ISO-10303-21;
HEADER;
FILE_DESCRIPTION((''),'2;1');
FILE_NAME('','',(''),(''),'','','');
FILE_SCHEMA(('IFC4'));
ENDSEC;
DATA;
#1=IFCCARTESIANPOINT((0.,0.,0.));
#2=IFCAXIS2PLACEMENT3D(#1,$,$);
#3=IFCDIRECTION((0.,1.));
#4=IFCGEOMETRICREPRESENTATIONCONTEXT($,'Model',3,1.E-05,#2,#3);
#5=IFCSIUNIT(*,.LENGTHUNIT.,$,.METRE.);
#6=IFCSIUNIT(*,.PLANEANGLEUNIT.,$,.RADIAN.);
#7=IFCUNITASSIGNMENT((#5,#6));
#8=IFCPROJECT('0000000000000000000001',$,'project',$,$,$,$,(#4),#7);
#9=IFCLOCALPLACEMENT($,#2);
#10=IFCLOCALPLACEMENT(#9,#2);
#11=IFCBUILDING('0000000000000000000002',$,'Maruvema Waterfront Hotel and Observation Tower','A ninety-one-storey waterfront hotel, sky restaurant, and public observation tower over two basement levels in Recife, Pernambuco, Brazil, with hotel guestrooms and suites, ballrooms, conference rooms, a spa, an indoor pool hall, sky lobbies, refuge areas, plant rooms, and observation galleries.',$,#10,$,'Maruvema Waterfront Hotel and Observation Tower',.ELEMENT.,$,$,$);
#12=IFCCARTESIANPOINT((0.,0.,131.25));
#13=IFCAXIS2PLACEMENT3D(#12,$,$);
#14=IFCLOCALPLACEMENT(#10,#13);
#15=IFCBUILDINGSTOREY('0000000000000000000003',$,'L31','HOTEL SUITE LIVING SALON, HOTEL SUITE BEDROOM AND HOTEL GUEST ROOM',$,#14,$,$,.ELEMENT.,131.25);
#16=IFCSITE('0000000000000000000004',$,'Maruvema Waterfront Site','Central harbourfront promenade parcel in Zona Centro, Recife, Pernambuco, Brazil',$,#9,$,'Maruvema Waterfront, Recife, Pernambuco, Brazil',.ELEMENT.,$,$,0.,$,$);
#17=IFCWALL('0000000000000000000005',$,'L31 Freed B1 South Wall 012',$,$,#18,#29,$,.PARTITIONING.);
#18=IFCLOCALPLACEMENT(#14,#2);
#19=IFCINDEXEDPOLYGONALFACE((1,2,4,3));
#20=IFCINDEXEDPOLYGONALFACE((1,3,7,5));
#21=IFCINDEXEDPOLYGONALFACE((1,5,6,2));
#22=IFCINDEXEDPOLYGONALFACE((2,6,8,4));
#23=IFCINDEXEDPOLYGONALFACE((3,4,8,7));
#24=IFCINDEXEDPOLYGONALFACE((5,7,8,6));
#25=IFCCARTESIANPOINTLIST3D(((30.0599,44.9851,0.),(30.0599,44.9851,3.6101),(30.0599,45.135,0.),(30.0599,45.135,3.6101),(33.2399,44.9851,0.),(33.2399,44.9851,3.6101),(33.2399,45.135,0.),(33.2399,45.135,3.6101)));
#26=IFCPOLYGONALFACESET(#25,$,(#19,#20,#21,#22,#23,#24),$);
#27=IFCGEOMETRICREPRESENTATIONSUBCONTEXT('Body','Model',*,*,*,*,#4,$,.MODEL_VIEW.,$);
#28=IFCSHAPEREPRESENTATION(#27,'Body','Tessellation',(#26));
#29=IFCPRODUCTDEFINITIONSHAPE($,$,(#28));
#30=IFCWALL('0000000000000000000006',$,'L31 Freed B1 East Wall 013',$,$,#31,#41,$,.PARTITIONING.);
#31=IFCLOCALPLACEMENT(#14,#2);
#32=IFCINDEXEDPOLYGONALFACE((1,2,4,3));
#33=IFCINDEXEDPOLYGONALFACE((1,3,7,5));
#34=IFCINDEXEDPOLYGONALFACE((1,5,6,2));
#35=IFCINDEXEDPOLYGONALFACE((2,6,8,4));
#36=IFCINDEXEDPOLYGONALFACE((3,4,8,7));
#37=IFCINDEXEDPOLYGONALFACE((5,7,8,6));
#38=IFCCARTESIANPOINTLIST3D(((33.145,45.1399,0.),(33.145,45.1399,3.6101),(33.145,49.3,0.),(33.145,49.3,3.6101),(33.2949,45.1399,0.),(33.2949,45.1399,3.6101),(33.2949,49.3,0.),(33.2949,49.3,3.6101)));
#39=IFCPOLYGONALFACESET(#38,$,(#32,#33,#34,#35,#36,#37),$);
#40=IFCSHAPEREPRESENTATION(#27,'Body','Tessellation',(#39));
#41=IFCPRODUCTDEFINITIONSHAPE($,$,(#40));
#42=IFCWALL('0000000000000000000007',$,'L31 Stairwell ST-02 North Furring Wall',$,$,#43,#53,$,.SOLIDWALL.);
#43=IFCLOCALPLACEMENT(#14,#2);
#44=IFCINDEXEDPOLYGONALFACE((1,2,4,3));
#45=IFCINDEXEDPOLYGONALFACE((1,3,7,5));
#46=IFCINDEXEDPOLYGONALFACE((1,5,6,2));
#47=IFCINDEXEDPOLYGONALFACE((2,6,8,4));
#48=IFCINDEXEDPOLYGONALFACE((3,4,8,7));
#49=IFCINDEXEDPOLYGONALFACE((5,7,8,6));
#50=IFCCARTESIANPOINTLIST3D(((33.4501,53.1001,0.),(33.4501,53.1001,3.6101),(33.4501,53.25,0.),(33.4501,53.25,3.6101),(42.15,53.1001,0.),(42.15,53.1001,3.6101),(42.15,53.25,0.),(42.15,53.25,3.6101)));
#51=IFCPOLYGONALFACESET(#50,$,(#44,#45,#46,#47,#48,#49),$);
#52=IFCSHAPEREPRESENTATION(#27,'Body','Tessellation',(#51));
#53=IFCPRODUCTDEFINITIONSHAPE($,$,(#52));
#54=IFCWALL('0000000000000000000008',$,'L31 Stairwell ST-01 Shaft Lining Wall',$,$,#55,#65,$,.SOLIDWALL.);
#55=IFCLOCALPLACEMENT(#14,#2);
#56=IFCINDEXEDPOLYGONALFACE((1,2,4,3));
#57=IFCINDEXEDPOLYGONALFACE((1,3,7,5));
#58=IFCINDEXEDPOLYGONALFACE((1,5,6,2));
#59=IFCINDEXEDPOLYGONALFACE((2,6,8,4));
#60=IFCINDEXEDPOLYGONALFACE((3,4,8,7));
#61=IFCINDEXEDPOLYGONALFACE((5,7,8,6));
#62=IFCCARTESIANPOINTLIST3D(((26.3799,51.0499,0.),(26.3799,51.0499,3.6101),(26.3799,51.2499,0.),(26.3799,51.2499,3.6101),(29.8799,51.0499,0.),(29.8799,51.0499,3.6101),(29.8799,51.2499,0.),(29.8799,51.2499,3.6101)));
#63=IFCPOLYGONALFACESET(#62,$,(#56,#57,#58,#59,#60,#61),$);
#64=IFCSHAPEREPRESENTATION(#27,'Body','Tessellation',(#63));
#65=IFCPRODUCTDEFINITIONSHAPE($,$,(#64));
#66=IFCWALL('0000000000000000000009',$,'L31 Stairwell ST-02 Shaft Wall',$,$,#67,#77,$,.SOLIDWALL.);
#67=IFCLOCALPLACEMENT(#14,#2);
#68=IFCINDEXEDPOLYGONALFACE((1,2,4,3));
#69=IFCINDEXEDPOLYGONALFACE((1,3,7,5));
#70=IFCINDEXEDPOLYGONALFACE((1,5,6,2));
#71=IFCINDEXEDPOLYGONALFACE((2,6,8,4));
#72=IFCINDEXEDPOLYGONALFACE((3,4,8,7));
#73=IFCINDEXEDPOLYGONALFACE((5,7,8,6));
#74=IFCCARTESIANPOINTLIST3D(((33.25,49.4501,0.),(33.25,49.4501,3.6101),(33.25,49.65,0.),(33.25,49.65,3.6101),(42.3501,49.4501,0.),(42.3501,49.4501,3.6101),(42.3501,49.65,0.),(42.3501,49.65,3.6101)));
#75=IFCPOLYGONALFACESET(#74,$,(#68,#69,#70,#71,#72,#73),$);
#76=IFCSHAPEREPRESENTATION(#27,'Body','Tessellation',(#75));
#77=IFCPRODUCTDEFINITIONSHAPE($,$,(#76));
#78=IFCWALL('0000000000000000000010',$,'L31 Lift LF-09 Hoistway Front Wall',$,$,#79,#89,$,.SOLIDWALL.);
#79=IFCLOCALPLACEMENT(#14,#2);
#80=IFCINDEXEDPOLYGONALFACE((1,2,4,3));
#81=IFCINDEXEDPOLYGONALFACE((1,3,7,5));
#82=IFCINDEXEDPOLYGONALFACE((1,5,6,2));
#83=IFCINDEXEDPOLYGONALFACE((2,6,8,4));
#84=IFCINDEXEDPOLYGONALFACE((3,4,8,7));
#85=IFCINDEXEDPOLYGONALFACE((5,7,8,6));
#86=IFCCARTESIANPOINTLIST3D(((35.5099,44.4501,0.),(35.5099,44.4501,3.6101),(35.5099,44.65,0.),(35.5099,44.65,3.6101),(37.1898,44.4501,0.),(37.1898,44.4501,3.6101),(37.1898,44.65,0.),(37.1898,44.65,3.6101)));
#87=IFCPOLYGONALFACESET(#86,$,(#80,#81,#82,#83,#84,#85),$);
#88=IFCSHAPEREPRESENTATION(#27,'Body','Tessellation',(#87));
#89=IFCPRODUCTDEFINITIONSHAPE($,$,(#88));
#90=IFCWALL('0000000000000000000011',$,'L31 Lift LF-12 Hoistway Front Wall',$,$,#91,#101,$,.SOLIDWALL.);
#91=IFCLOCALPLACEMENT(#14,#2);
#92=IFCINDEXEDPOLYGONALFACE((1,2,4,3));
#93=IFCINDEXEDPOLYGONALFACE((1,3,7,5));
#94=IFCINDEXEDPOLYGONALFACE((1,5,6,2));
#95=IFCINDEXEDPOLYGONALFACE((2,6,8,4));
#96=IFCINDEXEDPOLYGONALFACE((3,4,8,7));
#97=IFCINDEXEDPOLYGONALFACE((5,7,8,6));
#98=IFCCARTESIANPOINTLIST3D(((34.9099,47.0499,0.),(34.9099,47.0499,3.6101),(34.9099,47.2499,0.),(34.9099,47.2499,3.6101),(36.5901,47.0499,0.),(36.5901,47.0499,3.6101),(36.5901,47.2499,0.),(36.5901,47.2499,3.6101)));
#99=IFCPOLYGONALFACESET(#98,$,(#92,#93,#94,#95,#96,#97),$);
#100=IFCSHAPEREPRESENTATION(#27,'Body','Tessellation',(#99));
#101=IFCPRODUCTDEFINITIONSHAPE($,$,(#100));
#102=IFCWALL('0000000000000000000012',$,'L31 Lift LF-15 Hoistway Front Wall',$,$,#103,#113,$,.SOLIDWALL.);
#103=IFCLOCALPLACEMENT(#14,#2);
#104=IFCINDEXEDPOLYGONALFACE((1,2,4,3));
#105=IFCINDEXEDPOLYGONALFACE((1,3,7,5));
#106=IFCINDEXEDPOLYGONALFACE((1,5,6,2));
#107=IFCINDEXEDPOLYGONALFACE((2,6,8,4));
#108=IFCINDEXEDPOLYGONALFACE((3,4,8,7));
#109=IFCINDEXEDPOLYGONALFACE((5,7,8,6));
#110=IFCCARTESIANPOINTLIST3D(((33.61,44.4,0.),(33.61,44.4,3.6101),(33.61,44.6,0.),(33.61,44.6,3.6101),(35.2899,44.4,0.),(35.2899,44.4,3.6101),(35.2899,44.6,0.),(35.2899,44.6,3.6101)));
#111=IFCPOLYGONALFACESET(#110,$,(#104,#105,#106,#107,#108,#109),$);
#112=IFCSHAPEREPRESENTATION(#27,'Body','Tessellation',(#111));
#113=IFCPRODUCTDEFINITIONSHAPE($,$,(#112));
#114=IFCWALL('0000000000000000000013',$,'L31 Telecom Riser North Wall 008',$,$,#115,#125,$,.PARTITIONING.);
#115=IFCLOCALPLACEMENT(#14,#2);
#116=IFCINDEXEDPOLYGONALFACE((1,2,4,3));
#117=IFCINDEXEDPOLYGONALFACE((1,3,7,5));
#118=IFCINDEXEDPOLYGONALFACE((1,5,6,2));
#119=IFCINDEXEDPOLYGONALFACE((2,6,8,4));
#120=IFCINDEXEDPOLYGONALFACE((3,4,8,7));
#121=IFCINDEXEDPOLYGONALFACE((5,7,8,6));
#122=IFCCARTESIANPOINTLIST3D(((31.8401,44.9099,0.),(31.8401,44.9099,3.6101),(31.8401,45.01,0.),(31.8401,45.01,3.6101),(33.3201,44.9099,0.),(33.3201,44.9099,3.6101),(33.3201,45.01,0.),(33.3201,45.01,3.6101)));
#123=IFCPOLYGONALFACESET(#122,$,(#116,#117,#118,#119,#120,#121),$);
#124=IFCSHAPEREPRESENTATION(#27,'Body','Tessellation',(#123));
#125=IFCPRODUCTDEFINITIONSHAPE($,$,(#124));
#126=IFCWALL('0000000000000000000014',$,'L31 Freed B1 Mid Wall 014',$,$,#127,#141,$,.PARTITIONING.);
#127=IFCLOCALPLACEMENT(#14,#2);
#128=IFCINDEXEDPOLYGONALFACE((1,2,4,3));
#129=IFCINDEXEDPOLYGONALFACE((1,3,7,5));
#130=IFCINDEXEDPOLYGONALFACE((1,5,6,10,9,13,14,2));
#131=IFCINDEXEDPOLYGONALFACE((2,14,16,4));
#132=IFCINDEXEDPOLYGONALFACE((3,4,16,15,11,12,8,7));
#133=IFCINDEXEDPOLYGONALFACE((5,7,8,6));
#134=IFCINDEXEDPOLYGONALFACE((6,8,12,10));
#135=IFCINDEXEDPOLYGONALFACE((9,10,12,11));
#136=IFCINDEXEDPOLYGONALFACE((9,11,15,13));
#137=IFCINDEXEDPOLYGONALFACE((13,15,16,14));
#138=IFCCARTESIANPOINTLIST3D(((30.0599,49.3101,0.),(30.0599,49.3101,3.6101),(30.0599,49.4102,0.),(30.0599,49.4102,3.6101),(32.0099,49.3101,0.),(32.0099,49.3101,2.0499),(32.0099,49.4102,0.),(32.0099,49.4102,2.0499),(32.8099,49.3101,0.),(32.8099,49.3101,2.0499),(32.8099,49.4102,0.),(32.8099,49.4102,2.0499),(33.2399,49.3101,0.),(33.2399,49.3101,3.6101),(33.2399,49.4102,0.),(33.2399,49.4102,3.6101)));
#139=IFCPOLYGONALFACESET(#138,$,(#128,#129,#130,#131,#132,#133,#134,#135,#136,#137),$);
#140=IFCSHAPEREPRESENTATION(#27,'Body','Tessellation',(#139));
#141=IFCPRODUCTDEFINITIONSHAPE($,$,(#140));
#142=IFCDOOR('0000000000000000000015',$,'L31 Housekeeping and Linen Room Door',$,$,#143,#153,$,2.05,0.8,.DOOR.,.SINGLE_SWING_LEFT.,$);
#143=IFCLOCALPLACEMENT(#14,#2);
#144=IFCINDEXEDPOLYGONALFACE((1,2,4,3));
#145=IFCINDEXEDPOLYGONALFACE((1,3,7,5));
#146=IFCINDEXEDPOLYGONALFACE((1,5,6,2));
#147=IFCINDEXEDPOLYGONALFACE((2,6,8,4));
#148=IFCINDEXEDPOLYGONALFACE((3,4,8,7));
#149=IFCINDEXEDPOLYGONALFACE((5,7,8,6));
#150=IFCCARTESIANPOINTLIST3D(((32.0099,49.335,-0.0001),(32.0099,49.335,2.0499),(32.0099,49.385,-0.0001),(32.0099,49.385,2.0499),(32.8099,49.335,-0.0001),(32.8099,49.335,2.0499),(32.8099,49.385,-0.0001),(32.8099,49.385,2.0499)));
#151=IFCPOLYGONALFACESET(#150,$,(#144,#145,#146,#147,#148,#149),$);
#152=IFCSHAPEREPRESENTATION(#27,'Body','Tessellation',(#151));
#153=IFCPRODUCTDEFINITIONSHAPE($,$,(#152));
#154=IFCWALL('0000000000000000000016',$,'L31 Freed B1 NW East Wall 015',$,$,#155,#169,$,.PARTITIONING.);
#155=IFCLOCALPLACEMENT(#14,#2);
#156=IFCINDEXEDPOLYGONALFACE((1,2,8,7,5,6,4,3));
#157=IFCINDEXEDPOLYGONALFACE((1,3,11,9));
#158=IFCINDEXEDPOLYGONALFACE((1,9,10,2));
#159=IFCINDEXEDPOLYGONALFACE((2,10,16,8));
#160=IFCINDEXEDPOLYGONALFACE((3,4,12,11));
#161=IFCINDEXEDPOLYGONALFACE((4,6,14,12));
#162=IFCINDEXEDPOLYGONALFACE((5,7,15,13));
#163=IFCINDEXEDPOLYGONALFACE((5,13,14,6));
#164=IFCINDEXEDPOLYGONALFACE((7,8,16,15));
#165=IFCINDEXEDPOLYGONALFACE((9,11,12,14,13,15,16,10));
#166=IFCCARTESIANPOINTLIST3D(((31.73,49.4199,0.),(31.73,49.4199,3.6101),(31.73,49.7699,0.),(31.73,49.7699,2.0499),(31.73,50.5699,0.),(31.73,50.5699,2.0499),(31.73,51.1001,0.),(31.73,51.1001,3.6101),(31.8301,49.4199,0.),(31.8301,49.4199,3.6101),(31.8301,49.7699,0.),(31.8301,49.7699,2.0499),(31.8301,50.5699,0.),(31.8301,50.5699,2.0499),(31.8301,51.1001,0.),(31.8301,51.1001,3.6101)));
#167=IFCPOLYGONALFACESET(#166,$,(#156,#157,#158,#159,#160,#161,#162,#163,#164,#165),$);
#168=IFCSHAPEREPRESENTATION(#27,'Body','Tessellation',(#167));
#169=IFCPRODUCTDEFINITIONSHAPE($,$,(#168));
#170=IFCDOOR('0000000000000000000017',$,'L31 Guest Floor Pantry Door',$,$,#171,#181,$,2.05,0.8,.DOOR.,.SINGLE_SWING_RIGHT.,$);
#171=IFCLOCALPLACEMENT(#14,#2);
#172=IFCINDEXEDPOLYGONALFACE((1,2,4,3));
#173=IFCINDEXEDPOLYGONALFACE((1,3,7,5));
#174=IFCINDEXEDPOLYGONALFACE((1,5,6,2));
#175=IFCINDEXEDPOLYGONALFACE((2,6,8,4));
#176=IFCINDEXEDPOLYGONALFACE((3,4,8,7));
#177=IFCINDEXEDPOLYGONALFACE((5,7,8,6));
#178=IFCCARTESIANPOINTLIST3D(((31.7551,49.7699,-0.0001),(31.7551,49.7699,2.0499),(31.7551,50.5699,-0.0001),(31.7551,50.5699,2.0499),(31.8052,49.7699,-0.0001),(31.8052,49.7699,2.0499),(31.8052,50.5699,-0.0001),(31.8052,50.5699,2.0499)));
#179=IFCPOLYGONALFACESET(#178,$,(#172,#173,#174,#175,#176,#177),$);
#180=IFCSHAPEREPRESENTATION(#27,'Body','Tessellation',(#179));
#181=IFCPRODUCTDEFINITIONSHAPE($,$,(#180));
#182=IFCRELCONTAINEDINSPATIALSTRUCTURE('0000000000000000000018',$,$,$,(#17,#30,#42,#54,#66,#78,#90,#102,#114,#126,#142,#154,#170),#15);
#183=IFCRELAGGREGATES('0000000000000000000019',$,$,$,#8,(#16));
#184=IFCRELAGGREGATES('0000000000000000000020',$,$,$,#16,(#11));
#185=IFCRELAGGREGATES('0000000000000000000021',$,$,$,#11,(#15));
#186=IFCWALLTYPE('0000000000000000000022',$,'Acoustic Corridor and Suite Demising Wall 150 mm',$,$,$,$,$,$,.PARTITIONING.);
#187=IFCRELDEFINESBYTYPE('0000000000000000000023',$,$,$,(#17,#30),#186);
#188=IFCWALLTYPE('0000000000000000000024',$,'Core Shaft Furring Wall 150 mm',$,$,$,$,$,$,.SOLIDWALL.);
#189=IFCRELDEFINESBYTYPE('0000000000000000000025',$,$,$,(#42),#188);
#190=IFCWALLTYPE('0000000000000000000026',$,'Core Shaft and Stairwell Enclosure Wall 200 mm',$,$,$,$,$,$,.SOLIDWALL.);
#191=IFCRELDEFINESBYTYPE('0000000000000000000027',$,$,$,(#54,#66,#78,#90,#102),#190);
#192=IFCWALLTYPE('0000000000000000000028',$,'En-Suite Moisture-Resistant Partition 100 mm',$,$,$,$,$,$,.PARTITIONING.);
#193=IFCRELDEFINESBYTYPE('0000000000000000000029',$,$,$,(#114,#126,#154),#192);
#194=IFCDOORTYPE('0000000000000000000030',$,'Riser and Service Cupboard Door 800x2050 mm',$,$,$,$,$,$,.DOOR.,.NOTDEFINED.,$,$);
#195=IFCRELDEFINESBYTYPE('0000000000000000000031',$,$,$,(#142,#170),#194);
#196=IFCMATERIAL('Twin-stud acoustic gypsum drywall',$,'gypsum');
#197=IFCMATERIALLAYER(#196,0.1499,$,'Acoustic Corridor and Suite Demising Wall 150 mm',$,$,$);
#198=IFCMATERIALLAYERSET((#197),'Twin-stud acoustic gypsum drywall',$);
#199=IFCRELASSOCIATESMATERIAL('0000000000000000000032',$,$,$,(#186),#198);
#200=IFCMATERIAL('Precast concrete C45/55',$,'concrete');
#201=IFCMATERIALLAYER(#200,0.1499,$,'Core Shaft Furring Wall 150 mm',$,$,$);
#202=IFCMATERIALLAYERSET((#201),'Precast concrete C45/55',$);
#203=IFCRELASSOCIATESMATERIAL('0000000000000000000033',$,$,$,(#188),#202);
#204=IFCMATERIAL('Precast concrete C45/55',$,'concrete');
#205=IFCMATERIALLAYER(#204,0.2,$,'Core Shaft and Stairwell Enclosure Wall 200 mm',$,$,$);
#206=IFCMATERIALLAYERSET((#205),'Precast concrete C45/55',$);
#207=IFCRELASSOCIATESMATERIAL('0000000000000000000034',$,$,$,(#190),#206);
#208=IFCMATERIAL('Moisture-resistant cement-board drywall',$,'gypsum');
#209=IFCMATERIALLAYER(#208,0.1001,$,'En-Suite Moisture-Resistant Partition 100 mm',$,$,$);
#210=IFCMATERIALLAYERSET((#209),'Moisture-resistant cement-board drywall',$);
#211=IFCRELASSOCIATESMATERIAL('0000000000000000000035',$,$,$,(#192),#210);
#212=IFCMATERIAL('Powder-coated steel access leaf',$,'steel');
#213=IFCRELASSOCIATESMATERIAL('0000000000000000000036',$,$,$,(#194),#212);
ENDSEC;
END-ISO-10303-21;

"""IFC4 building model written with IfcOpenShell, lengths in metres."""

from ifc_helpers import new_model, si_unit, direction, frame, frame_2d, origin, place, context, subcontext, project, spatial, rectangle, extrude, material, layer, layer_set, type_object, element, fill, save


model = new_model("IFC4")

# Units and contexts
model_context = context("Model", 3, precision=1e-05, world=origin(), true_north=direction((0.0, 1.0)))
body_context = subcontext(model_context, "Body", "Model", "MODEL_VIEW")
ifc_project = project(units=[si_unit("LENGTHUNIT", "METRE"), si_unit("PLANEANGLEUNIT", "RADIAN")], contexts=[model_context])

# Site, building, storey
site_placement = place(None, origin())
site = spatial("IfcSite", under=ifc_project, at=site_placement, Name="Maruvema Waterfront Site", Description="Central harbourfront promenade parcel in Zona Centro, Recife, Pernambuco, Brazil", LongName="Maruvema Waterfront, Recife, Pernambuco, Brazil", CompositionType="ELEMENT", RefElevation=0.0)
building_placement = place(site_placement, origin())
building = spatial("IfcBuilding", under=site, at=building_placement, Name="Maruvema Waterfront Hotel and Observation Tower", Description="A ninety-one-storey waterfront hotel, sky restaurant, and public observation tower over two basement levels in Recife, Pernambuco, Brazil, with hotel guestrooms and suites, ballrooms, conference rooms, a spa, an indoor pool hall, sky lobbies, refuge areas, plant rooms, and observation galleries.", LongName="Maruvema Waterfront Hotel and Observation Tower", CompositionType="ELEMENT")
storey_placement = place(building_placement, frame((0.0, 0.0, 131.25)))
storey = spatial("IfcBuildingStorey", under=building, at=storey_placement, Name="L31", Description="HOTEL SUITE LIVING SALON, HOTEL SUITE BEDROOM AND HOTEL GUEST ROOM", CompositionType="ELEMENT", Elevation=131.25)

# Walls
ifc_material_1 = material(Name="Twin-stud acoustic gypsum drywall", Category="gypsum")
ifc_layer_1 = layer(ifc_material_1, 0.1499, Name="Acoustic Corridor and Suite Demising Wall 150 mm")
ifc_layer_set_1 = layer_set([ifc_layer_1], Name="Twin-stud acoustic gypsum drywall")
wall_type_1 = type_object("IfcWallType", Name="Acoustic Corridor and Suite Demising Wall 150 mm", PredefinedType="PARTITIONING", material=ifc_layer_set_1)
wall_1_placement = place(storey_placement, frame((30.0601, 45.0601, 0.0), z_axis=(0.0, 0.0, 1.0), x_axis=(1.0, 0.0, 0.0)))
element("IfcWall", 1, at=wall_1_placement, inside=storey, type_object=wall_type_1, Name="L31 Freed B1 South Wall 012", PredefinedType="PARTITIONING", context=body_context, shape_type="SweptSolid", body=[
    extrude(rectangle(XDim=3.1799, YDim=0.1499, at=frame_2d((1.5898, 0.0))), origin(), (0.0, 0.0, 1.0), 3.6101),
])
wall_2_placement = place(storey_placement, frame((33.22, 45.1399, 0.0), z_axis=(0.0, 0.0, 1.0), x_axis=(0.0, 1.0, 0.0)))
element("IfcWall", 2, at=wall_2_placement, inside=storey, type_object=wall_type_1, Name="L31 Freed B1 East Wall 013", PredefinedType="PARTITIONING", context=body_context, shape_type="SweptSolid", body=[
    extrude(rectangle(XDim=4.1602, YDim=0.1499, at=frame_2d((2.0801, 0.0))), origin(), (0.0, 0.0, 1.0), 3.6101),
])
ifc_material_2 = material(Name="Precast concrete C45/55", Category="concrete")
ifc_layer_2 = layer(ifc_material_2, 0.1499, Name="Core Shaft Furring Wall 150 mm")
ifc_layer_set_2 = layer_set([ifc_layer_2], Name="Precast concrete C45/55")
wall_type_2 = type_object("IfcWallType", Name="Core Shaft Furring Wall 150 mm", PredefinedType="SOLIDWALL", material=ifc_layer_set_2)
wall_3_placement = place(storey_placement, frame((33.45, 53.175, 0.0), z_axis=(0.0, 0.0, 1.0), x_axis=(1.0, 0.0, 0.0)))
element("IfcWall", 3, at=wall_3_placement, inside=storey, type_object=wall_type_2, Name="L31 Stairwell ST-02 North Furring Wall", PredefinedType="SOLIDWALL", context=body_context, shape_type="SweptSolid", body=[
    extrude(rectangle(XDim=8.7, YDim=0.1499, at=frame_2d((4.3501, 0.0))), origin(), (0.0, 0.0, 1.0), 3.6101),
])
ifc_material_3 = material(Name="Precast concrete C45/55", Category="concrete")
ifc_layer_3 = layer(ifc_material_3, 0.2, Name="Core Shaft and Stairwell Enclosure Wall 200 mm")
ifc_layer_set_3 = layer_set([ifc_layer_3], Name="Precast concrete C45/55")
wall_type_3 = type_object("IfcWallType", Name="Core Shaft and Stairwell Enclosure Wall 200 mm", PredefinedType="SOLIDWALL", material=ifc_layer_set_3)
wall_4_placement = place(storey_placement, frame((26.3799, 51.1499, 0.0), z_axis=(0.0, 0.0, 1.0), x_axis=(1.0, 0.0, 0.0)))
element("IfcWall", 4, at=wall_4_placement, inside=storey, type_object=wall_type_3, Name="L31 Stairwell ST-01 Shaft Lining Wall", PredefinedType="SOLIDWALL", context=body_context, shape_type="SweptSolid", body=[
    extrude(rectangle(XDim=3.5, YDim=0.2, at=frame_2d((1.75, 0.0))), origin(), (0.0, 0.0, 1.0), 3.6101),
])
wall_5_placement = place(storey_placement, frame((33.25, 49.55, 0.0), z_axis=(0.0, 0.0, 1.0), x_axis=(1.0, 0.0, 0.0)))
element("IfcWall", 5, at=wall_5_placement, inside=storey, type_object=wall_type_3, Name="L31 Stairwell ST-02 Shaft Wall", PredefinedType="SOLIDWALL", context=body_context, shape_type="SweptSolid", body=[
    extrude(rectangle(XDim=9.1001, YDim=0.2, at=frame_2d((4.55, 0.0))), origin(), (0.0, 0.0, 1.0), 3.6101),
])

# Walls
wall_6_placement = place(storey_placement, frame((35.51, 44.55, 0.0), z_axis=(0.0, 0.0, 1.0), x_axis=(1.0, 0.0, 0.0)))
element("IfcWall", 6, at=wall_6_placement, inside=storey, type_object=wall_type_3, Name="L31 Lift LF-09 Hoistway Front Wall", PredefinedType="SOLIDWALL", context=body_context, shape_type="SweptSolid", body=[
    extrude(rectangle(XDim=1.6799, YDim=0.2, at=frame_2d((0.8398, 0.0))), origin(), (0.0, 0.0, 1.0), 3.6101),
])
wall_7_placement = place(storey_placement, frame((34.9099, 47.1499, 0.0), z_axis=(0.0, 0.0, 1.0), x_axis=(1.0, 0.0, 0.0)))
element("IfcWall", 7, at=wall_7_placement, inside=storey, type_object=wall_type_3, Name="L31 Lift LF-12 Hoistway Front Wall", PredefinedType="SOLIDWALL", context=body_context, shape_type="SweptSolid", body=[
    extrude(rectangle(XDim=1.6802, YDim=0.2, at=frame_2d((0.8401, 0.0))), origin(), (0.0, 0.0, 1.0), 3.6101),
])
wall_8_placement = place(storey_placement, frame((33.6101, 44.5, 0.0), z_axis=(0.0, 0.0, 1.0), x_axis=(1.0, 0.0, 0.0)))
element("IfcWall", 8, at=wall_8_placement, inside=storey, type_object=wall_type_3, Name="L31 Lift LF-15 Hoistway Front Wall", PredefinedType="SOLIDWALL", context=body_context, shape_type="SweptSolid", body=[
    extrude(rectangle(XDim=1.6799, YDim=0.2, at=frame_2d((0.8398, 0.0))), origin(), (0.0, 0.0, 1.0), 3.6101),
])
ifc_material_4 = material(Name="Moisture-resistant cement-board drywall", Category="gypsum")
ifc_layer_4 = layer(ifc_material_4, 0.1001, Name="En-Suite Moisture-Resistant Partition 100 mm")
ifc_layer_set_4 = layer_set([ifc_layer_4], Name="Moisture-resistant cement-board drywall")
wall_type_4 = type_object("IfcWallType", Name="En-Suite Moisture-Resistant Partition 100 mm", PredefinedType="PARTITIONING", material=ifc_layer_set_4)
wall_9_placement = place(storey_placement, frame((31.8401, 44.96, 0.0), z_axis=(0.0, 0.0, 1.0), x_axis=(1.0, 0.0, 0.0)))
element("IfcWall", 9, at=wall_9_placement, inside=storey, type_object=wall_type_4, Name="L31 Telecom Riser North Wall 008", PredefinedType="PARTITIONING", context=body_context, shape_type="SweptSolid", body=[
    extrude(rectangle(XDim=1.48, YDim=0.1001, at=frame_2d((0.74, 0.0))), origin(), (0.0, 0.0, 1.0), 3.6101),
])

# Walls, openings, doors
wall_10_placement = place(storey_placement, frame((30.0601, 49.3601, 0.0), z_axis=(0.0, 0.0, 1.0), x_axis=(1.0, 0.0, 0.0)))
wall_10 = element("IfcWall", 10, at=wall_10_placement, inside=storey, type_object=wall_type_4, Name="L31 Freed B1 Mid Wall 014", PredefinedType="PARTITIONING", context=body_context, shape_type="SweptSolid", body=[
    extrude(rectangle(XDim=3.1799, YDim=0.1001, at=frame_2d((1.5898, 0.0))), origin(), (0.0, 0.0, 1.0), 3.6101),
])
opening_1_placement = place(wall_10_placement, frame((1.95, 0.0, 0.0)))
opening_1 = element("IfcOpeningElement", 11, at=opening_1_placement, cuts=wall_10, PredefinedType="OPENING", context=body_context, shape_type="SweptSolid", body=[
    extrude(rectangle(XDim=0.8, YDim=2.05, at=frame_2d((0.3999, 1.0249))), frame((0.0, 0.0601, 0.0), z_axis=(0.0, -1.0, 0.0), x_axis=(1.0, 0.0, 0.0)), (0.0, 0.0, 1.0), 0.1201),
])
ifc_material_5 = material(Name="Powder-coated steel access leaf", Category="steel")
door_type_1 = type_object("IfcDoorType", Name="Riser and Service Cupboard Door 800x2050 mm", OperationType="NOTDEFINED", PredefinedType="DOOR", material=ifc_material_5)
door_1_placement = place(opening_1_placement, origin())
door_1 = element("IfcDoor", 12, at=door_1_placement, inside=storey, type_object=door_type_1, Name="L31 Housekeeping and Linen Room Door", OperationType="SINGLE_SWING_LEFT", OverallHeight=2.05, OverallWidth=0.8, PredefinedType="DOOR", context=body_context, shape_type="SweptSolid", body=[
    extrude(rectangle(XDim=0.8, YDim=2.05, at=frame_2d((0.3999, 1.0249))), frame((0.0, 0.0249, 0.0), z_axis=(0.0, -1.0, 0.0), x_axis=(1.0, 0.0, 0.0)), (0.0, 0.0, 1.0), 0.05),
])
fill(opening_1, door_1)
wall_11_placement = place(storey_placement, frame((31.78, 49.4199, 0.0), z_axis=(0.0, 0.0, 1.0), x_axis=(0.0, 1.0, 0.0)))
wall_11 = element("IfcWall", 13, at=wall_11_placement, inside=storey, type_object=wall_type_4, Name="L31 Freed B1 NW East Wall 015", PredefinedType="PARTITIONING", context=body_context, shape_type="SweptSolid", body=[
    extrude(rectangle(XDim=1.6802, YDim=0.1001, at=frame_2d((0.8401, 0.0))), origin(), (0.0, 0.0, 1.0), 3.6101),
])
opening_2_placement = place(wall_11_placement, frame((0.3501, 0.0, 0.0)))
opening_2 = element("IfcOpeningElement", 14, at=opening_2_placement, cuts=wall_11, PredefinedType="OPENING", context=body_context, shape_type="SweptSolid", body=[
    extrude(rectangle(XDim=0.8, YDim=2.05, at=frame_2d((0.3999, 1.0249))), frame((0.0, 0.0601, 0.0), z_axis=(0.0, -1.0, 0.0), x_axis=(1.0, 0.0, 0.0)), (0.0, 0.0, 1.0), 0.1201),
])
door_2_placement = place(opening_2_placement, origin())
door_2 = element("IfcDoor", 15, at=door_2_placement, inside=storey, type_object=door_type_1, Name="L31 Guest Floor Pantry Door", OperationType="SINGLE_SWING_RIGHT", OverallHeight=2.05, OverallWidth=0.8, PredefinedType="DOOR", context=body_context, shape_type="SweptSolid", body=[
    extrude(rectangle(XDim=0.8, YDim=2.05, at=frame_2d((0.3999, 1.0249))), frame((0.0, 0.0249, 0.0), z_axis=(0.0, -1.0, 0.0), x_axis=(1.0, 0.0, 0.0)), (0.0, 0.0, 1.0), 0.05),
])
fill(opening_2, door_2)

save(model, "model.ifc")
